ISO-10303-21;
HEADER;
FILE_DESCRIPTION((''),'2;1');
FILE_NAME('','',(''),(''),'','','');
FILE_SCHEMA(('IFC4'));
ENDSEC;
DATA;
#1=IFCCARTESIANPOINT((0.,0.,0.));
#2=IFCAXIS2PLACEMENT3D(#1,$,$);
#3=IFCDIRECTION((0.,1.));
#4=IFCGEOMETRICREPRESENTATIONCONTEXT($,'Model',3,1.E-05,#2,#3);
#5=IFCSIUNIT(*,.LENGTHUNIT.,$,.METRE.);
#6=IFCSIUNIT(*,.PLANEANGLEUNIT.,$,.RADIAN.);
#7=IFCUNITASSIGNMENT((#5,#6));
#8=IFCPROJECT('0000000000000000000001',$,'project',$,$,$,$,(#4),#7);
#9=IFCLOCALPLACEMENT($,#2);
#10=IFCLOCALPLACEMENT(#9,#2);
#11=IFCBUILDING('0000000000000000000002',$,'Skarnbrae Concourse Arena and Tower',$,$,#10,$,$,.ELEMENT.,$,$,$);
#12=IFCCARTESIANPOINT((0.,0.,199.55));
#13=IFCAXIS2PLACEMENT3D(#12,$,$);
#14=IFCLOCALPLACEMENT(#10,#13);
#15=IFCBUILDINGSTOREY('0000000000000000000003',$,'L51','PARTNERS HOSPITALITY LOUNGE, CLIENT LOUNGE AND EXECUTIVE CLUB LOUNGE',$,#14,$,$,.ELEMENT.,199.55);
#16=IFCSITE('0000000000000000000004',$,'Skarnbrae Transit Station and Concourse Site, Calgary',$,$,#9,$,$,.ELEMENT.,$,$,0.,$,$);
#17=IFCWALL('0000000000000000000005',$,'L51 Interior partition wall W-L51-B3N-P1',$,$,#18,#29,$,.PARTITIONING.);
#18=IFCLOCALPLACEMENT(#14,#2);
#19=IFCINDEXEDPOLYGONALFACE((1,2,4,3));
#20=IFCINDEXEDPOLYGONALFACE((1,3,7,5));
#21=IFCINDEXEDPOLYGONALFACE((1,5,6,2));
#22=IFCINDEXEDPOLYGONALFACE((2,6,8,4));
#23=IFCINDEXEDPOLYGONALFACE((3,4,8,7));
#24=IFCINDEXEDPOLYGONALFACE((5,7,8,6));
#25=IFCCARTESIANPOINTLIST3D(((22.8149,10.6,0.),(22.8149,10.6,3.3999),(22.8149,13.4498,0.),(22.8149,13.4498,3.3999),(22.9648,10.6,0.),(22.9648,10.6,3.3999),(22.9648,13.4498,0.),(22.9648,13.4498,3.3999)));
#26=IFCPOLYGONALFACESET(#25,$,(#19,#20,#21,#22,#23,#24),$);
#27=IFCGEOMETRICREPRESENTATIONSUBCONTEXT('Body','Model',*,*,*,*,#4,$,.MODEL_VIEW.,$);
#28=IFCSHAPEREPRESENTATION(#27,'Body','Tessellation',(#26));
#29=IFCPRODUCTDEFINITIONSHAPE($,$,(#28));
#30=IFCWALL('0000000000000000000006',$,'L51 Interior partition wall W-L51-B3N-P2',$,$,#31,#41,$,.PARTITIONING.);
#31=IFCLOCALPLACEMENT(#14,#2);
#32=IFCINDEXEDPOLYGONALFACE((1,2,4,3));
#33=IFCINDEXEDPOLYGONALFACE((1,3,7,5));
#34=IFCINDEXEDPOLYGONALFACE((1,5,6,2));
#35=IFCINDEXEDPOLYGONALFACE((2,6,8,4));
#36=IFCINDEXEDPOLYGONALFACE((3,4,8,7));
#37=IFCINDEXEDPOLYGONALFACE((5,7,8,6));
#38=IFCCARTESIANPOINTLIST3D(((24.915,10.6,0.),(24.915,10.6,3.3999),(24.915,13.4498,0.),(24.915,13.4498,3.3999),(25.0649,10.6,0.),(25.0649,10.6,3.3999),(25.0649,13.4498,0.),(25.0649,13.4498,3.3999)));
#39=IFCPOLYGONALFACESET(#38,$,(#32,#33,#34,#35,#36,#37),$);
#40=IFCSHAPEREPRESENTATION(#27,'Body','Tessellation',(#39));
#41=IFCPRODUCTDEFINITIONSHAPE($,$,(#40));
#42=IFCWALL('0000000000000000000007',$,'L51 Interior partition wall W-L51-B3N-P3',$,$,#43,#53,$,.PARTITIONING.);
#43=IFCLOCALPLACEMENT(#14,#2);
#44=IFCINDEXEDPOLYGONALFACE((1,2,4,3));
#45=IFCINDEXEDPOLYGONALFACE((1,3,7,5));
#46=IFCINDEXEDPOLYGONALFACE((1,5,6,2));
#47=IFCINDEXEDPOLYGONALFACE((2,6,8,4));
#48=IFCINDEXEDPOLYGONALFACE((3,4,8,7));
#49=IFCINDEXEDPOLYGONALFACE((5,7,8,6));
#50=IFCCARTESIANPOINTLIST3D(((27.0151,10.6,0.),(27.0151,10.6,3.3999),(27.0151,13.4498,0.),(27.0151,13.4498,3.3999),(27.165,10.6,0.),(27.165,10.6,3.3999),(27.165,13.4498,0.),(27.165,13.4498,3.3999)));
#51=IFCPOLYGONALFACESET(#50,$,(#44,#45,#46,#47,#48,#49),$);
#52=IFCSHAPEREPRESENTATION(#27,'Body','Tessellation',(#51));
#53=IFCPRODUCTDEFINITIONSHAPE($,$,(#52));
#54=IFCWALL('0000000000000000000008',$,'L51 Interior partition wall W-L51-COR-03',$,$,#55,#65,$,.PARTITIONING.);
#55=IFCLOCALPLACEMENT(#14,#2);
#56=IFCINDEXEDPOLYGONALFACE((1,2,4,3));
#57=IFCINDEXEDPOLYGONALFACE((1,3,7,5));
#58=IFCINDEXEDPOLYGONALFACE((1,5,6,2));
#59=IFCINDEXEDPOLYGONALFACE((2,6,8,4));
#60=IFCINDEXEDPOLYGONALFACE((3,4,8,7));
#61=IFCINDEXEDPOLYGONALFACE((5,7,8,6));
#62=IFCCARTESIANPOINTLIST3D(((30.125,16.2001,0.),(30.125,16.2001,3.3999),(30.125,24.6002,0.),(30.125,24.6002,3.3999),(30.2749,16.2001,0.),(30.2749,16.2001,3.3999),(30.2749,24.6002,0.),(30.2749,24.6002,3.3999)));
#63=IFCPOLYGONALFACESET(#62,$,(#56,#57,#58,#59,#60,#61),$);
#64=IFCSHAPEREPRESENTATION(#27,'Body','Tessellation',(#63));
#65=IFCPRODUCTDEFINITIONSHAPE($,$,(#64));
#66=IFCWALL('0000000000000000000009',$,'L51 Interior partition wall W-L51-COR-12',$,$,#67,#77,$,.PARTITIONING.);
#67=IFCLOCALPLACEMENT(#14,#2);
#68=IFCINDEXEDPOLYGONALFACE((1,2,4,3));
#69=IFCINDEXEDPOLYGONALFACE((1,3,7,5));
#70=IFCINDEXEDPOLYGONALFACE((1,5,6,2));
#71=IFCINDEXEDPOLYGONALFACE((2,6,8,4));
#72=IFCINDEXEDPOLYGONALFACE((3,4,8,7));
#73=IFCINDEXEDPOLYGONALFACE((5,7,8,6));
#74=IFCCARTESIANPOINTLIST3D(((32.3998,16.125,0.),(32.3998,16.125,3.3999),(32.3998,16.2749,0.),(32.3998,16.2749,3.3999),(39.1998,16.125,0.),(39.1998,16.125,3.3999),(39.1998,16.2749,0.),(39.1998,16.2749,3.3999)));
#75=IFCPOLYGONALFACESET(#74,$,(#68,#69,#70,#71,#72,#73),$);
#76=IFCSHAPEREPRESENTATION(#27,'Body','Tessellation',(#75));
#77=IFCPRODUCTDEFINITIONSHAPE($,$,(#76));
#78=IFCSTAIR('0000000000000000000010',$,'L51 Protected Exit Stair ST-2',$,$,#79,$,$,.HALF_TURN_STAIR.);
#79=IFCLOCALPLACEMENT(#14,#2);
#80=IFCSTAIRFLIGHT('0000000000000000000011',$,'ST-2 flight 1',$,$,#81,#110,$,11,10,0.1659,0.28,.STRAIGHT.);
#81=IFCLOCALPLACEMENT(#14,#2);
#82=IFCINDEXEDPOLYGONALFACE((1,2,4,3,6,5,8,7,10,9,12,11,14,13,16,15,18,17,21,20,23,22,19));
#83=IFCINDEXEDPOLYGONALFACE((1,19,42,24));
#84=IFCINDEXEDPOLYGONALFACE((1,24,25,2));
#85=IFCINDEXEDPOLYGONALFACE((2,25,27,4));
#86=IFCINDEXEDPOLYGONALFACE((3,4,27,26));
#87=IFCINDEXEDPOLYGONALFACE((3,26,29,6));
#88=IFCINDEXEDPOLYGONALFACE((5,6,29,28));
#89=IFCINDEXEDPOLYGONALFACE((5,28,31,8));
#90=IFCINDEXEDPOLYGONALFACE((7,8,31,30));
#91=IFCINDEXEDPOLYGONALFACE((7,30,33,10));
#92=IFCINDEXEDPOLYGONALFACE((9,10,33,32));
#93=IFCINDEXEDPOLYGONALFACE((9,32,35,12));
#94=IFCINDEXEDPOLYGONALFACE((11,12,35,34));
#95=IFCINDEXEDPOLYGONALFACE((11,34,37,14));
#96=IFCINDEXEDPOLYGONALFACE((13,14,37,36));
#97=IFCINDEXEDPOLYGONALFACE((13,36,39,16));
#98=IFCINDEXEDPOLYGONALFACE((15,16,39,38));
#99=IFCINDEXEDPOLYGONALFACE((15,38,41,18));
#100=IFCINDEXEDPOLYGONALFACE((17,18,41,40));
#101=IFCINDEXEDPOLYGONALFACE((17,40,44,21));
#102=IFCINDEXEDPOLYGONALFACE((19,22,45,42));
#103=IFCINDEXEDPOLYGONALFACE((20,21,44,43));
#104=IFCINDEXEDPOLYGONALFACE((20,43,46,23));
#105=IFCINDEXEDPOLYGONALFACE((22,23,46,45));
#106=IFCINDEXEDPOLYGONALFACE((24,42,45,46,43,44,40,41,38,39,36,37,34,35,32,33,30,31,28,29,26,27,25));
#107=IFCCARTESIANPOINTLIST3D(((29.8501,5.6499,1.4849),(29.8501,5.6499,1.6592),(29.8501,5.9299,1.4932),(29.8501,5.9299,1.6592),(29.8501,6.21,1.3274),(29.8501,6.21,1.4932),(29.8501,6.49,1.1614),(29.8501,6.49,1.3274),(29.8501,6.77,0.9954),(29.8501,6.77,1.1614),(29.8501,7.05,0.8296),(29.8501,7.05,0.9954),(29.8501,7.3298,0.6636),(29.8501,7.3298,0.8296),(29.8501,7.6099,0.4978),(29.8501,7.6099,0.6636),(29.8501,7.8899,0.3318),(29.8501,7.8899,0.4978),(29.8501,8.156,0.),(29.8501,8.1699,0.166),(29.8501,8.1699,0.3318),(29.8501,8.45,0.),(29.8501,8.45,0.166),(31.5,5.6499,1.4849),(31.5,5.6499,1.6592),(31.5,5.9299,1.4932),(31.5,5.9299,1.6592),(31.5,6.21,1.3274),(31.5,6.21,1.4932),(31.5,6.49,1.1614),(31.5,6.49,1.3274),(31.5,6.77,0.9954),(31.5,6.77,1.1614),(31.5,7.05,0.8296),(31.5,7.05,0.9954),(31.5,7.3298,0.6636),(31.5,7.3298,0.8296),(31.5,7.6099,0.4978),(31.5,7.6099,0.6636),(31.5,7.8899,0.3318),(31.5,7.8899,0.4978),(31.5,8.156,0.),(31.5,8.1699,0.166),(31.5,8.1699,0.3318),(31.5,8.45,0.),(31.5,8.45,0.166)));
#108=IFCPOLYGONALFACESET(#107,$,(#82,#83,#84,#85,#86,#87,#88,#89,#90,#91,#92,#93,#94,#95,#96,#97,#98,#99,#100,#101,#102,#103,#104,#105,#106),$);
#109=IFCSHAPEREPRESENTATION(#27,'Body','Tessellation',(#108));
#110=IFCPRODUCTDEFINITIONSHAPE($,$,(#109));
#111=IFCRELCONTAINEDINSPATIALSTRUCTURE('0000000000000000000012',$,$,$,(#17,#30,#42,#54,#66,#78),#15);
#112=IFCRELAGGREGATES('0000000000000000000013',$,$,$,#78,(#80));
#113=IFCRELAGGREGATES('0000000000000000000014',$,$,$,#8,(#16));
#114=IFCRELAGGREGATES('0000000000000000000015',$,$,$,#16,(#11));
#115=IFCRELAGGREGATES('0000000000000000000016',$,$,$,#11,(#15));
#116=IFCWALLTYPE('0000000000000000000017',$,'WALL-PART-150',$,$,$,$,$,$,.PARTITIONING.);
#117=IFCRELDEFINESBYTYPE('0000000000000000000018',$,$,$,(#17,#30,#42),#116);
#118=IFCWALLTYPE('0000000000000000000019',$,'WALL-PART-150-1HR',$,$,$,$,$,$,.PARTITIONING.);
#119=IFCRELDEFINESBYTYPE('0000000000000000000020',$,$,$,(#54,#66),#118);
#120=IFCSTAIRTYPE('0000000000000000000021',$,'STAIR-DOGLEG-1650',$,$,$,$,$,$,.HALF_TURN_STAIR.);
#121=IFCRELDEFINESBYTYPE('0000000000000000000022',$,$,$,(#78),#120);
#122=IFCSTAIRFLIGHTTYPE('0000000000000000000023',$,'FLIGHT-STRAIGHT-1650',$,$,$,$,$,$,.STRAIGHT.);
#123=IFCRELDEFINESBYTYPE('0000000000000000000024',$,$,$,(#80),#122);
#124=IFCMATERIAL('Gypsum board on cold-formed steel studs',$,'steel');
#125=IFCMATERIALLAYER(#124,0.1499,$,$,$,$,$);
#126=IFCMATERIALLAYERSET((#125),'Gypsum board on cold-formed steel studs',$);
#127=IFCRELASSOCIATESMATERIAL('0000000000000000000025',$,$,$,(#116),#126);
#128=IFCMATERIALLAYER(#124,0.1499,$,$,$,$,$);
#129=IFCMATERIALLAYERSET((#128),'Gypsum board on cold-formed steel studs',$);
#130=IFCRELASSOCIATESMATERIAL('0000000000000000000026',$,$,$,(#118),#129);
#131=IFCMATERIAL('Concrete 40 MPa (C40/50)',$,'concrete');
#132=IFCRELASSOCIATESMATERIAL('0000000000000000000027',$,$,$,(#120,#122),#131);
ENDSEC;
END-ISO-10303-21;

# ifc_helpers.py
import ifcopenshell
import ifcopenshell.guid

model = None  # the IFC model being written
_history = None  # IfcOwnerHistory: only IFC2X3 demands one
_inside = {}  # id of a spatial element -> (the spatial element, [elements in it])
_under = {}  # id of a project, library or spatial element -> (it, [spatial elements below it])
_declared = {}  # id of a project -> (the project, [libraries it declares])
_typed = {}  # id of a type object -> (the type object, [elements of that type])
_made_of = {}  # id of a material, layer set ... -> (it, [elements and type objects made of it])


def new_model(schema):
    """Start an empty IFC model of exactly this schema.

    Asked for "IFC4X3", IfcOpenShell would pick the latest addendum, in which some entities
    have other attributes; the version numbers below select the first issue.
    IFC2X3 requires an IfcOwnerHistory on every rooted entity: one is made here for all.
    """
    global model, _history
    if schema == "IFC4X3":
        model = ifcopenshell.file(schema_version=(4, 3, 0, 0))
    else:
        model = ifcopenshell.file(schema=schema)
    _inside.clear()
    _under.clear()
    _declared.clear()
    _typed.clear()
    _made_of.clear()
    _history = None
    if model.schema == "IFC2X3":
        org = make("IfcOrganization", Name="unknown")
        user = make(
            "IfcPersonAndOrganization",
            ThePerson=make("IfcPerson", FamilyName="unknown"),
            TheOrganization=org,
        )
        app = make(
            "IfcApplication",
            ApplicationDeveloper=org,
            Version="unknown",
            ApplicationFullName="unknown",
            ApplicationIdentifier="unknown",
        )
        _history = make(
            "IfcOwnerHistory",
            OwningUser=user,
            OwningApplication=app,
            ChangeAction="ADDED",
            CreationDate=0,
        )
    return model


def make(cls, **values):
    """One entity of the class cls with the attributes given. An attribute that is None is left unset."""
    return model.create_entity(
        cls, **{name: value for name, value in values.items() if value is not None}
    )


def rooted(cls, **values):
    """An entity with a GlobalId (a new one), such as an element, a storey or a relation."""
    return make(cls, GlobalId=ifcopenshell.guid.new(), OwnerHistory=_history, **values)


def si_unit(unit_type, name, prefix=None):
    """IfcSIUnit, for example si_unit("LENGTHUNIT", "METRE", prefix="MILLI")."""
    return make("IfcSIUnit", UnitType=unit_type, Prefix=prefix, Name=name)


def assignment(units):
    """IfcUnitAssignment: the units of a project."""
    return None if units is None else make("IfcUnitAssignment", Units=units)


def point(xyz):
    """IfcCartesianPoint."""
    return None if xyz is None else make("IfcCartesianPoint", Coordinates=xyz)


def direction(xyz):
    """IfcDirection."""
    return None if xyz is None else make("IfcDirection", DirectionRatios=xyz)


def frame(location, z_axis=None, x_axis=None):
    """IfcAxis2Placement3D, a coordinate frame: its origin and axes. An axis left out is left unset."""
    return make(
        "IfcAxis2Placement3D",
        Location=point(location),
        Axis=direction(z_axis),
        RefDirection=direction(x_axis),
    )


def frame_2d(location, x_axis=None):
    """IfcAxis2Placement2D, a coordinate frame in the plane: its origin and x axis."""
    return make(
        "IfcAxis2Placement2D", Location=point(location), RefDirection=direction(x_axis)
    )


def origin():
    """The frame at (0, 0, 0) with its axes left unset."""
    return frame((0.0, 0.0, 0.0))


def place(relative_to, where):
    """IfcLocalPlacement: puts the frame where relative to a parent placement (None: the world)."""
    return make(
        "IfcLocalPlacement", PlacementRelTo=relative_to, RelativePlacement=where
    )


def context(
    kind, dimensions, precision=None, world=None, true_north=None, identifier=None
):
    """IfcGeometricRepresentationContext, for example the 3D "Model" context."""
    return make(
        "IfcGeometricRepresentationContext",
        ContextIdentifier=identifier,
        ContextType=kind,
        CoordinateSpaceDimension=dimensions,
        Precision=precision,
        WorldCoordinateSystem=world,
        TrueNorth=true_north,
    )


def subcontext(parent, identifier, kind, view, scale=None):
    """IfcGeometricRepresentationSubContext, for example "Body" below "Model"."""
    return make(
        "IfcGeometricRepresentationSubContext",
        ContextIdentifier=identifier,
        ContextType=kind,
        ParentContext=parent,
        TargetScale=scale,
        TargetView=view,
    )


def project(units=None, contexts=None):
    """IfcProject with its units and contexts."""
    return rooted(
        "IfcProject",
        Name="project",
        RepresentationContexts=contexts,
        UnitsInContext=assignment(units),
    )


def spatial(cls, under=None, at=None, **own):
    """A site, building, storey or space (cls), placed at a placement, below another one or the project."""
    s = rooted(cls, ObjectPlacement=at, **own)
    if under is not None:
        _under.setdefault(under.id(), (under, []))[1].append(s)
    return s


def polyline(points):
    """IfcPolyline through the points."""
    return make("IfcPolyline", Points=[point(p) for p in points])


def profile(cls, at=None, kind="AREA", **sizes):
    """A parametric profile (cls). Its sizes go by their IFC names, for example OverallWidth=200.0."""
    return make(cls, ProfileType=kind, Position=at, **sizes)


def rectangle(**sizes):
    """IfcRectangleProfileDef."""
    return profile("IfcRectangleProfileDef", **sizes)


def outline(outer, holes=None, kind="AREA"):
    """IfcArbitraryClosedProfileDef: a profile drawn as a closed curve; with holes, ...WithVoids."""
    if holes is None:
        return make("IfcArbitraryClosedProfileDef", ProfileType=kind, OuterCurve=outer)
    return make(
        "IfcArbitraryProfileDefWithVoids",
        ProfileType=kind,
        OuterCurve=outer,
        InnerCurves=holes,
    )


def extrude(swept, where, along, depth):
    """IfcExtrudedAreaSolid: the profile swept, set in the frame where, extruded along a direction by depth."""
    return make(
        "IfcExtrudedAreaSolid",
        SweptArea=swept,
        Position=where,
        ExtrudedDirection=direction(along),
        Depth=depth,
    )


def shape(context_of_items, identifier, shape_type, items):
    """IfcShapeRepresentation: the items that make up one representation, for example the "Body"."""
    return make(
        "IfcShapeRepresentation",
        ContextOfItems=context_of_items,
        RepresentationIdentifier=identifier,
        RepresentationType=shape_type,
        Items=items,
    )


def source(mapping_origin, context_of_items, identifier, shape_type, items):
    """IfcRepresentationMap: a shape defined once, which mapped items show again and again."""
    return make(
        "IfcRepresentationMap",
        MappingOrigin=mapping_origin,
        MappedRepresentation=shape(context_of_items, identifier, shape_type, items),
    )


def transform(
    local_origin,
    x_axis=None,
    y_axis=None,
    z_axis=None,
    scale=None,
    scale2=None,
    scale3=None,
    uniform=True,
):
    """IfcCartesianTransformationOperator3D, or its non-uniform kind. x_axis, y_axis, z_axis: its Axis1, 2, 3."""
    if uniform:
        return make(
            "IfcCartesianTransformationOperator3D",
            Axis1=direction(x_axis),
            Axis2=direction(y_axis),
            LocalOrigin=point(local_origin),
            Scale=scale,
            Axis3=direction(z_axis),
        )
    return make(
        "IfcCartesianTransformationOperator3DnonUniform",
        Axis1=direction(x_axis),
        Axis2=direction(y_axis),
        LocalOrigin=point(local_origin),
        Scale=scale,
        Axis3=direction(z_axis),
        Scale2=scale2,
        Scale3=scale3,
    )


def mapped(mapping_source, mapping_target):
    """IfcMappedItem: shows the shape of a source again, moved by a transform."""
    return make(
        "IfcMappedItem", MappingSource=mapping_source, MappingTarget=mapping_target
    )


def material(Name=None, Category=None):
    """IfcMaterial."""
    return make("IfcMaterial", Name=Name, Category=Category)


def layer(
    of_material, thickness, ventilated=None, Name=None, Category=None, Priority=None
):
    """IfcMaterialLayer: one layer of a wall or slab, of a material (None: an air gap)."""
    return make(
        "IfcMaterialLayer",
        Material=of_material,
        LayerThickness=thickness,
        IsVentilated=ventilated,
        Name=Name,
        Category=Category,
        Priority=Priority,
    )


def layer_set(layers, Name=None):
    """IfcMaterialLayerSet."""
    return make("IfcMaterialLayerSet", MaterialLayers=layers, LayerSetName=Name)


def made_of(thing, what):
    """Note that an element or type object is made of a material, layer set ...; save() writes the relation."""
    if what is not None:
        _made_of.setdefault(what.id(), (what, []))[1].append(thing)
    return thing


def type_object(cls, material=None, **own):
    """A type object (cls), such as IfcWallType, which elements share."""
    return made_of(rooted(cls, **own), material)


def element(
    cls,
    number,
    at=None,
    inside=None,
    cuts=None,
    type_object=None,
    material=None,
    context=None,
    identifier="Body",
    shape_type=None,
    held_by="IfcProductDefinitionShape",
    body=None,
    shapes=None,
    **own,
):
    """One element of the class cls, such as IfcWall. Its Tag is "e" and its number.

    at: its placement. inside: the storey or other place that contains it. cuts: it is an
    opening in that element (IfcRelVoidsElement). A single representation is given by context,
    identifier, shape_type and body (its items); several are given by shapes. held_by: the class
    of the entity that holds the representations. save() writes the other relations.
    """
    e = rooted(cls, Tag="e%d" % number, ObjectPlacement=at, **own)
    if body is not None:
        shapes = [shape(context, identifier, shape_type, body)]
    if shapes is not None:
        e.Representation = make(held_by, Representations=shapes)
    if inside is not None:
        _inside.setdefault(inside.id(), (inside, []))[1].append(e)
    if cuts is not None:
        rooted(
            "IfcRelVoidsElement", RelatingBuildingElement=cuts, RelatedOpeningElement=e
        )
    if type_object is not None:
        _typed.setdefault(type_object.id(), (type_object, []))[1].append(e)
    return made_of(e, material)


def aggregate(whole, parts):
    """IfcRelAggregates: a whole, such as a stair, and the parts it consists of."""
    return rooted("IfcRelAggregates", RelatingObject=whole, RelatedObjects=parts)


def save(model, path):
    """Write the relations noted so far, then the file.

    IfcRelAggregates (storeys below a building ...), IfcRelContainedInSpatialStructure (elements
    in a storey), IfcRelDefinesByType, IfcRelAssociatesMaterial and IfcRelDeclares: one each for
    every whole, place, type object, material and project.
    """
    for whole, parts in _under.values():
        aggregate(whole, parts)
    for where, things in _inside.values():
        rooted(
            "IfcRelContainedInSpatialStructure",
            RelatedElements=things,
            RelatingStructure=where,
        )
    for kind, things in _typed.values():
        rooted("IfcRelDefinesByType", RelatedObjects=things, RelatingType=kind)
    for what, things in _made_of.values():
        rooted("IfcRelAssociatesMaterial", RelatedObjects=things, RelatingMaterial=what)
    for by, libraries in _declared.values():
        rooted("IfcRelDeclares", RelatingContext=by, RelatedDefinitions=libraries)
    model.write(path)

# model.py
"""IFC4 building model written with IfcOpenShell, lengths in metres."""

from ifc_helpers import new_model, si_unit, direction, frame, frame_2d, origin, place, context, subcontext, project, spatial, polyline, rectangle, outline, extrude, source, transform, mapped, material, layer, layer_set, type_object, element, aggregate, save


model = new_model("IFC4")

# Units and contexts
model_context = context("Model", 3, precision=1e-05, world=origin(), true_north=direction((0.0, 1.0)))
body_context = subcontext(model_context, "Body", "Model", "MODEL_VIEW")
ifc_project = project(units=[si_unit("LENGTHUNIT", "METRE"), si_unit("PLANEANGLEUNIT", "RADIAN")], contexts=[model_context])

# Site, building, storey
site_placement = place(None, origin())
site = spatial("IfcSite", under=ifc_project, at=site_placement, Name="Skarnbrae Transit Station and Concourse Site, Calgary", CompositionType="ELEMENT", RefElevation=0.0)
building_placement = place(site_placement, origin())
building = spatial("IfcBuilding", under=site, at=building_placement, Name="Skarnbrae Concourse Arena and Tower", CompositionType="ELEMENT")
storey_placement = place(building_placement, frame((0.0, 0.0, 199.55)))
storey = spatial("IfcBuildingStorey", under=building, at=storey_placement, Name="L51", Description="PARTNERS HOSPITALITY LOUNGE, CLIENT LOUNGE AND EXECUTIVE CLUB LOUNGE", CompositionType="ELEMENT", Elevation=199.55)

# Walls
ifc_material_1 = material(Name="Gypsum board on cold-formed steel studs", Category="steel")
ifc_layer_1 = layer(ifc_material_1, 0.1499)
ifc_layer_set_1 = layer_set([ifc_layer_1], Name="Gypsum board on cold-formed steel studs")
wall_type_1 = type_object("IfcWallType", Name="WALL-PART-150", PredefinedType="PARTITIONING", material=ifc_layer_set_1)
shared_shape_1 = source(origin(), body_context, "Body", "SweptSolid", [
    extrude(rectangle(XDim=2.8499, YDim=0.1499, at=frame_2d((1.4248, 0.0))), origin(), (0.0, 0.0, 1.0), 3.3999),
])
for number, where, z_axis, x_axis, name in (
    (1, (22.8899, 10.6001, 0.0), (0.0, 0.0, 1.0), (0.0, 1.0, 0.0), "L51 Interior partition wall W-L51-B3N-P1"),
    (2, (24.99, 10.6001, 0.0), (0.0, 0.0, 1.0), (0.0, 1.0, 0.0), "L51 Interior partition wall W-L51-B3N-P2"),
    (3, (27.0901, 10.6001, 0.0), (0.0, 0.0, 1.0), (0.0, 1.0, 0.0), "L51 Interior partition wall W-L51-B3N-P3"),
):
    element("IfcWall", number, at=place(storey_placement, frame(where, z_axis=z_axis, x_axis=x_axis)), inside=storey, type_object=wall_type_1, Name=name, PredefinedType="PARTITIONING", context=body_context, shape_type="MappedRepresentation", body=[
        mapped(shared_shape_1, transform((0.0, 0.0, 0.0))),
    ])
ifc_layer_2 = layer(ifc_material_1, 0.1499)
ifc_layer_set_2 = layer_set([ifc_layer_2], Name="Gypsum board on cold-formed steel studs")
wall_type_2 = type_object("IfcWallType", Name="WALL-PART-150-1HR", PredefinedType="PARTITIONING", material=ifc_layer_set_2)
shared_shape_2 = source(origin(), body_context, "Body", "SweptSolid", [
    extrude(rectangle(XDim=8.4001, YDim=0.1499, at=frame_2d((4.2002, 0.0))), origin(), (0.0, 0.0, 1.0), 3.3999),
])
wall_1_placement = place(storey_placement, frame((30.2, 16.2, 0.0), z_axis=(0.0, 0.0, 1.0), x_axis=(0.0, 1.0, 0.0)))
element("IfcWall", 4, at=wall_1_placement, inside=storey, type_object=wall_type_2, Name="L51 Interior partition wall W-L51-COR-03", PredefinedType="PARTITIONING", context=body_context, shape_type="MappedRepresentation", body=[
    mapped(shared_shape_2, transform((0.0, 0.0, 0.0))),
])
shared_shape_3 = source(origin(), body_context, "Body", "SweptSolid", [
    extrude(rectangle(XDim=6.8, YDim=0.1499, at=frame_2d((3.3999, 0.0))), origin(), (0.0, 0.0, 1.0), 3.3999),
])
wall_2_placement = place(storey_placement, frame((32.3999, 16.2, 0.0), z_axis=(0.0, 0.0, 1.0), x_axis=(1.0, 0.0, 0.0)))
element("IfcWall", 5, at=wall_2_placement, inside=storey, type_object=wall_type_2, Name="L51 Interior partition wall W-L51-COR-12", PredefinedType="PARTITIONING", context=body_context, shape_type="MappedRepresentation", body=[
    mapped(shared_shape_3, transform((0.0, 0.0, 0.0))),
])

# Stair, stair flight
ifc_material_2 = material(Name="Concrete 40 MPa (C40/50)", Category="concrete")
stair_type = type_object("IfcStairType", Name="STAIR-DOGLEG-1650", PredefinedType="HALF_TURN_STAIR", material=ifc_material_2)
stair_placement = place(storey_placement, origin())
stair = element("IfcStair", 6, at=stair_placement, inside=storey, type_object=stair_type, Name="L51 Protected Exit Stair ST-2", PredefinedType="HALF_TURN_STAIR")
stair_flight_type = type_object("IfcStairFlightType", Name="FLIGHT-STRAIGHT-1650", PredefinedType="STRAIGHT", material=ifc_material_2)
shared_shape_4 = source(origin(), body_context, "Body", "SweptSolid", [
    extrude(outline(polyline([(0.0, 0.0), (0.0, 0.166), (0.28, 0.166), (0.28, 0.3318), (0.5601, 0.3318), (0.5601, 0.4978), (0.8401, 0.4978), (0.8401, 0.6636), (1.1201, 0.6636), (1.1201, 0.8296), (1.3999, 0.8296), (1.3999, 0.9954), (1.6799, 0.9954), (1.6799, 1.1614), (1.96, 1.1614), (1.96, 1.3274), (2.24, 1.3274), (2.24, 1.4932), (2.52, 1.4932), (2.52, 1.6592), (2.8, 1.6592), (2.8, 1.825), (2.8, 1.4849), (0.2939, 0.0), (0.0, 0.0)])), frame((0.0, 0.825, 0.0), z_axis=(0.0, -1.0, 0.0), x_axis=(1.0, 0.0, 0.0)), (0.0, 0.0, 1.0), 1.6499),
])
stair_flight_placement = place(storey_placement, frame((30.675, 8.45, 0.0), z_axis=(0.0, 0.0, 1.0), x_axis=(0.0, -1.0, 0.0)))
stair_flight = element("IfcStairFlight", 7, at=stair_flight_placement, type_object=stair_flight_type, Name="ST-2 flight 1", NumberOfRisers=11, NumberOfTreads=10, PredefinedType="STRAIGHT", RiserHeight=0.1659, TreadLength=0.28, context=body_context, shape_type="MappedRepresentation", body=[
    mapped(shared_shape_4, transform((0.0, 0.0, 0.0))),
])
aggregate(stair, [stair_flight])

save(model, "model.ifc")
